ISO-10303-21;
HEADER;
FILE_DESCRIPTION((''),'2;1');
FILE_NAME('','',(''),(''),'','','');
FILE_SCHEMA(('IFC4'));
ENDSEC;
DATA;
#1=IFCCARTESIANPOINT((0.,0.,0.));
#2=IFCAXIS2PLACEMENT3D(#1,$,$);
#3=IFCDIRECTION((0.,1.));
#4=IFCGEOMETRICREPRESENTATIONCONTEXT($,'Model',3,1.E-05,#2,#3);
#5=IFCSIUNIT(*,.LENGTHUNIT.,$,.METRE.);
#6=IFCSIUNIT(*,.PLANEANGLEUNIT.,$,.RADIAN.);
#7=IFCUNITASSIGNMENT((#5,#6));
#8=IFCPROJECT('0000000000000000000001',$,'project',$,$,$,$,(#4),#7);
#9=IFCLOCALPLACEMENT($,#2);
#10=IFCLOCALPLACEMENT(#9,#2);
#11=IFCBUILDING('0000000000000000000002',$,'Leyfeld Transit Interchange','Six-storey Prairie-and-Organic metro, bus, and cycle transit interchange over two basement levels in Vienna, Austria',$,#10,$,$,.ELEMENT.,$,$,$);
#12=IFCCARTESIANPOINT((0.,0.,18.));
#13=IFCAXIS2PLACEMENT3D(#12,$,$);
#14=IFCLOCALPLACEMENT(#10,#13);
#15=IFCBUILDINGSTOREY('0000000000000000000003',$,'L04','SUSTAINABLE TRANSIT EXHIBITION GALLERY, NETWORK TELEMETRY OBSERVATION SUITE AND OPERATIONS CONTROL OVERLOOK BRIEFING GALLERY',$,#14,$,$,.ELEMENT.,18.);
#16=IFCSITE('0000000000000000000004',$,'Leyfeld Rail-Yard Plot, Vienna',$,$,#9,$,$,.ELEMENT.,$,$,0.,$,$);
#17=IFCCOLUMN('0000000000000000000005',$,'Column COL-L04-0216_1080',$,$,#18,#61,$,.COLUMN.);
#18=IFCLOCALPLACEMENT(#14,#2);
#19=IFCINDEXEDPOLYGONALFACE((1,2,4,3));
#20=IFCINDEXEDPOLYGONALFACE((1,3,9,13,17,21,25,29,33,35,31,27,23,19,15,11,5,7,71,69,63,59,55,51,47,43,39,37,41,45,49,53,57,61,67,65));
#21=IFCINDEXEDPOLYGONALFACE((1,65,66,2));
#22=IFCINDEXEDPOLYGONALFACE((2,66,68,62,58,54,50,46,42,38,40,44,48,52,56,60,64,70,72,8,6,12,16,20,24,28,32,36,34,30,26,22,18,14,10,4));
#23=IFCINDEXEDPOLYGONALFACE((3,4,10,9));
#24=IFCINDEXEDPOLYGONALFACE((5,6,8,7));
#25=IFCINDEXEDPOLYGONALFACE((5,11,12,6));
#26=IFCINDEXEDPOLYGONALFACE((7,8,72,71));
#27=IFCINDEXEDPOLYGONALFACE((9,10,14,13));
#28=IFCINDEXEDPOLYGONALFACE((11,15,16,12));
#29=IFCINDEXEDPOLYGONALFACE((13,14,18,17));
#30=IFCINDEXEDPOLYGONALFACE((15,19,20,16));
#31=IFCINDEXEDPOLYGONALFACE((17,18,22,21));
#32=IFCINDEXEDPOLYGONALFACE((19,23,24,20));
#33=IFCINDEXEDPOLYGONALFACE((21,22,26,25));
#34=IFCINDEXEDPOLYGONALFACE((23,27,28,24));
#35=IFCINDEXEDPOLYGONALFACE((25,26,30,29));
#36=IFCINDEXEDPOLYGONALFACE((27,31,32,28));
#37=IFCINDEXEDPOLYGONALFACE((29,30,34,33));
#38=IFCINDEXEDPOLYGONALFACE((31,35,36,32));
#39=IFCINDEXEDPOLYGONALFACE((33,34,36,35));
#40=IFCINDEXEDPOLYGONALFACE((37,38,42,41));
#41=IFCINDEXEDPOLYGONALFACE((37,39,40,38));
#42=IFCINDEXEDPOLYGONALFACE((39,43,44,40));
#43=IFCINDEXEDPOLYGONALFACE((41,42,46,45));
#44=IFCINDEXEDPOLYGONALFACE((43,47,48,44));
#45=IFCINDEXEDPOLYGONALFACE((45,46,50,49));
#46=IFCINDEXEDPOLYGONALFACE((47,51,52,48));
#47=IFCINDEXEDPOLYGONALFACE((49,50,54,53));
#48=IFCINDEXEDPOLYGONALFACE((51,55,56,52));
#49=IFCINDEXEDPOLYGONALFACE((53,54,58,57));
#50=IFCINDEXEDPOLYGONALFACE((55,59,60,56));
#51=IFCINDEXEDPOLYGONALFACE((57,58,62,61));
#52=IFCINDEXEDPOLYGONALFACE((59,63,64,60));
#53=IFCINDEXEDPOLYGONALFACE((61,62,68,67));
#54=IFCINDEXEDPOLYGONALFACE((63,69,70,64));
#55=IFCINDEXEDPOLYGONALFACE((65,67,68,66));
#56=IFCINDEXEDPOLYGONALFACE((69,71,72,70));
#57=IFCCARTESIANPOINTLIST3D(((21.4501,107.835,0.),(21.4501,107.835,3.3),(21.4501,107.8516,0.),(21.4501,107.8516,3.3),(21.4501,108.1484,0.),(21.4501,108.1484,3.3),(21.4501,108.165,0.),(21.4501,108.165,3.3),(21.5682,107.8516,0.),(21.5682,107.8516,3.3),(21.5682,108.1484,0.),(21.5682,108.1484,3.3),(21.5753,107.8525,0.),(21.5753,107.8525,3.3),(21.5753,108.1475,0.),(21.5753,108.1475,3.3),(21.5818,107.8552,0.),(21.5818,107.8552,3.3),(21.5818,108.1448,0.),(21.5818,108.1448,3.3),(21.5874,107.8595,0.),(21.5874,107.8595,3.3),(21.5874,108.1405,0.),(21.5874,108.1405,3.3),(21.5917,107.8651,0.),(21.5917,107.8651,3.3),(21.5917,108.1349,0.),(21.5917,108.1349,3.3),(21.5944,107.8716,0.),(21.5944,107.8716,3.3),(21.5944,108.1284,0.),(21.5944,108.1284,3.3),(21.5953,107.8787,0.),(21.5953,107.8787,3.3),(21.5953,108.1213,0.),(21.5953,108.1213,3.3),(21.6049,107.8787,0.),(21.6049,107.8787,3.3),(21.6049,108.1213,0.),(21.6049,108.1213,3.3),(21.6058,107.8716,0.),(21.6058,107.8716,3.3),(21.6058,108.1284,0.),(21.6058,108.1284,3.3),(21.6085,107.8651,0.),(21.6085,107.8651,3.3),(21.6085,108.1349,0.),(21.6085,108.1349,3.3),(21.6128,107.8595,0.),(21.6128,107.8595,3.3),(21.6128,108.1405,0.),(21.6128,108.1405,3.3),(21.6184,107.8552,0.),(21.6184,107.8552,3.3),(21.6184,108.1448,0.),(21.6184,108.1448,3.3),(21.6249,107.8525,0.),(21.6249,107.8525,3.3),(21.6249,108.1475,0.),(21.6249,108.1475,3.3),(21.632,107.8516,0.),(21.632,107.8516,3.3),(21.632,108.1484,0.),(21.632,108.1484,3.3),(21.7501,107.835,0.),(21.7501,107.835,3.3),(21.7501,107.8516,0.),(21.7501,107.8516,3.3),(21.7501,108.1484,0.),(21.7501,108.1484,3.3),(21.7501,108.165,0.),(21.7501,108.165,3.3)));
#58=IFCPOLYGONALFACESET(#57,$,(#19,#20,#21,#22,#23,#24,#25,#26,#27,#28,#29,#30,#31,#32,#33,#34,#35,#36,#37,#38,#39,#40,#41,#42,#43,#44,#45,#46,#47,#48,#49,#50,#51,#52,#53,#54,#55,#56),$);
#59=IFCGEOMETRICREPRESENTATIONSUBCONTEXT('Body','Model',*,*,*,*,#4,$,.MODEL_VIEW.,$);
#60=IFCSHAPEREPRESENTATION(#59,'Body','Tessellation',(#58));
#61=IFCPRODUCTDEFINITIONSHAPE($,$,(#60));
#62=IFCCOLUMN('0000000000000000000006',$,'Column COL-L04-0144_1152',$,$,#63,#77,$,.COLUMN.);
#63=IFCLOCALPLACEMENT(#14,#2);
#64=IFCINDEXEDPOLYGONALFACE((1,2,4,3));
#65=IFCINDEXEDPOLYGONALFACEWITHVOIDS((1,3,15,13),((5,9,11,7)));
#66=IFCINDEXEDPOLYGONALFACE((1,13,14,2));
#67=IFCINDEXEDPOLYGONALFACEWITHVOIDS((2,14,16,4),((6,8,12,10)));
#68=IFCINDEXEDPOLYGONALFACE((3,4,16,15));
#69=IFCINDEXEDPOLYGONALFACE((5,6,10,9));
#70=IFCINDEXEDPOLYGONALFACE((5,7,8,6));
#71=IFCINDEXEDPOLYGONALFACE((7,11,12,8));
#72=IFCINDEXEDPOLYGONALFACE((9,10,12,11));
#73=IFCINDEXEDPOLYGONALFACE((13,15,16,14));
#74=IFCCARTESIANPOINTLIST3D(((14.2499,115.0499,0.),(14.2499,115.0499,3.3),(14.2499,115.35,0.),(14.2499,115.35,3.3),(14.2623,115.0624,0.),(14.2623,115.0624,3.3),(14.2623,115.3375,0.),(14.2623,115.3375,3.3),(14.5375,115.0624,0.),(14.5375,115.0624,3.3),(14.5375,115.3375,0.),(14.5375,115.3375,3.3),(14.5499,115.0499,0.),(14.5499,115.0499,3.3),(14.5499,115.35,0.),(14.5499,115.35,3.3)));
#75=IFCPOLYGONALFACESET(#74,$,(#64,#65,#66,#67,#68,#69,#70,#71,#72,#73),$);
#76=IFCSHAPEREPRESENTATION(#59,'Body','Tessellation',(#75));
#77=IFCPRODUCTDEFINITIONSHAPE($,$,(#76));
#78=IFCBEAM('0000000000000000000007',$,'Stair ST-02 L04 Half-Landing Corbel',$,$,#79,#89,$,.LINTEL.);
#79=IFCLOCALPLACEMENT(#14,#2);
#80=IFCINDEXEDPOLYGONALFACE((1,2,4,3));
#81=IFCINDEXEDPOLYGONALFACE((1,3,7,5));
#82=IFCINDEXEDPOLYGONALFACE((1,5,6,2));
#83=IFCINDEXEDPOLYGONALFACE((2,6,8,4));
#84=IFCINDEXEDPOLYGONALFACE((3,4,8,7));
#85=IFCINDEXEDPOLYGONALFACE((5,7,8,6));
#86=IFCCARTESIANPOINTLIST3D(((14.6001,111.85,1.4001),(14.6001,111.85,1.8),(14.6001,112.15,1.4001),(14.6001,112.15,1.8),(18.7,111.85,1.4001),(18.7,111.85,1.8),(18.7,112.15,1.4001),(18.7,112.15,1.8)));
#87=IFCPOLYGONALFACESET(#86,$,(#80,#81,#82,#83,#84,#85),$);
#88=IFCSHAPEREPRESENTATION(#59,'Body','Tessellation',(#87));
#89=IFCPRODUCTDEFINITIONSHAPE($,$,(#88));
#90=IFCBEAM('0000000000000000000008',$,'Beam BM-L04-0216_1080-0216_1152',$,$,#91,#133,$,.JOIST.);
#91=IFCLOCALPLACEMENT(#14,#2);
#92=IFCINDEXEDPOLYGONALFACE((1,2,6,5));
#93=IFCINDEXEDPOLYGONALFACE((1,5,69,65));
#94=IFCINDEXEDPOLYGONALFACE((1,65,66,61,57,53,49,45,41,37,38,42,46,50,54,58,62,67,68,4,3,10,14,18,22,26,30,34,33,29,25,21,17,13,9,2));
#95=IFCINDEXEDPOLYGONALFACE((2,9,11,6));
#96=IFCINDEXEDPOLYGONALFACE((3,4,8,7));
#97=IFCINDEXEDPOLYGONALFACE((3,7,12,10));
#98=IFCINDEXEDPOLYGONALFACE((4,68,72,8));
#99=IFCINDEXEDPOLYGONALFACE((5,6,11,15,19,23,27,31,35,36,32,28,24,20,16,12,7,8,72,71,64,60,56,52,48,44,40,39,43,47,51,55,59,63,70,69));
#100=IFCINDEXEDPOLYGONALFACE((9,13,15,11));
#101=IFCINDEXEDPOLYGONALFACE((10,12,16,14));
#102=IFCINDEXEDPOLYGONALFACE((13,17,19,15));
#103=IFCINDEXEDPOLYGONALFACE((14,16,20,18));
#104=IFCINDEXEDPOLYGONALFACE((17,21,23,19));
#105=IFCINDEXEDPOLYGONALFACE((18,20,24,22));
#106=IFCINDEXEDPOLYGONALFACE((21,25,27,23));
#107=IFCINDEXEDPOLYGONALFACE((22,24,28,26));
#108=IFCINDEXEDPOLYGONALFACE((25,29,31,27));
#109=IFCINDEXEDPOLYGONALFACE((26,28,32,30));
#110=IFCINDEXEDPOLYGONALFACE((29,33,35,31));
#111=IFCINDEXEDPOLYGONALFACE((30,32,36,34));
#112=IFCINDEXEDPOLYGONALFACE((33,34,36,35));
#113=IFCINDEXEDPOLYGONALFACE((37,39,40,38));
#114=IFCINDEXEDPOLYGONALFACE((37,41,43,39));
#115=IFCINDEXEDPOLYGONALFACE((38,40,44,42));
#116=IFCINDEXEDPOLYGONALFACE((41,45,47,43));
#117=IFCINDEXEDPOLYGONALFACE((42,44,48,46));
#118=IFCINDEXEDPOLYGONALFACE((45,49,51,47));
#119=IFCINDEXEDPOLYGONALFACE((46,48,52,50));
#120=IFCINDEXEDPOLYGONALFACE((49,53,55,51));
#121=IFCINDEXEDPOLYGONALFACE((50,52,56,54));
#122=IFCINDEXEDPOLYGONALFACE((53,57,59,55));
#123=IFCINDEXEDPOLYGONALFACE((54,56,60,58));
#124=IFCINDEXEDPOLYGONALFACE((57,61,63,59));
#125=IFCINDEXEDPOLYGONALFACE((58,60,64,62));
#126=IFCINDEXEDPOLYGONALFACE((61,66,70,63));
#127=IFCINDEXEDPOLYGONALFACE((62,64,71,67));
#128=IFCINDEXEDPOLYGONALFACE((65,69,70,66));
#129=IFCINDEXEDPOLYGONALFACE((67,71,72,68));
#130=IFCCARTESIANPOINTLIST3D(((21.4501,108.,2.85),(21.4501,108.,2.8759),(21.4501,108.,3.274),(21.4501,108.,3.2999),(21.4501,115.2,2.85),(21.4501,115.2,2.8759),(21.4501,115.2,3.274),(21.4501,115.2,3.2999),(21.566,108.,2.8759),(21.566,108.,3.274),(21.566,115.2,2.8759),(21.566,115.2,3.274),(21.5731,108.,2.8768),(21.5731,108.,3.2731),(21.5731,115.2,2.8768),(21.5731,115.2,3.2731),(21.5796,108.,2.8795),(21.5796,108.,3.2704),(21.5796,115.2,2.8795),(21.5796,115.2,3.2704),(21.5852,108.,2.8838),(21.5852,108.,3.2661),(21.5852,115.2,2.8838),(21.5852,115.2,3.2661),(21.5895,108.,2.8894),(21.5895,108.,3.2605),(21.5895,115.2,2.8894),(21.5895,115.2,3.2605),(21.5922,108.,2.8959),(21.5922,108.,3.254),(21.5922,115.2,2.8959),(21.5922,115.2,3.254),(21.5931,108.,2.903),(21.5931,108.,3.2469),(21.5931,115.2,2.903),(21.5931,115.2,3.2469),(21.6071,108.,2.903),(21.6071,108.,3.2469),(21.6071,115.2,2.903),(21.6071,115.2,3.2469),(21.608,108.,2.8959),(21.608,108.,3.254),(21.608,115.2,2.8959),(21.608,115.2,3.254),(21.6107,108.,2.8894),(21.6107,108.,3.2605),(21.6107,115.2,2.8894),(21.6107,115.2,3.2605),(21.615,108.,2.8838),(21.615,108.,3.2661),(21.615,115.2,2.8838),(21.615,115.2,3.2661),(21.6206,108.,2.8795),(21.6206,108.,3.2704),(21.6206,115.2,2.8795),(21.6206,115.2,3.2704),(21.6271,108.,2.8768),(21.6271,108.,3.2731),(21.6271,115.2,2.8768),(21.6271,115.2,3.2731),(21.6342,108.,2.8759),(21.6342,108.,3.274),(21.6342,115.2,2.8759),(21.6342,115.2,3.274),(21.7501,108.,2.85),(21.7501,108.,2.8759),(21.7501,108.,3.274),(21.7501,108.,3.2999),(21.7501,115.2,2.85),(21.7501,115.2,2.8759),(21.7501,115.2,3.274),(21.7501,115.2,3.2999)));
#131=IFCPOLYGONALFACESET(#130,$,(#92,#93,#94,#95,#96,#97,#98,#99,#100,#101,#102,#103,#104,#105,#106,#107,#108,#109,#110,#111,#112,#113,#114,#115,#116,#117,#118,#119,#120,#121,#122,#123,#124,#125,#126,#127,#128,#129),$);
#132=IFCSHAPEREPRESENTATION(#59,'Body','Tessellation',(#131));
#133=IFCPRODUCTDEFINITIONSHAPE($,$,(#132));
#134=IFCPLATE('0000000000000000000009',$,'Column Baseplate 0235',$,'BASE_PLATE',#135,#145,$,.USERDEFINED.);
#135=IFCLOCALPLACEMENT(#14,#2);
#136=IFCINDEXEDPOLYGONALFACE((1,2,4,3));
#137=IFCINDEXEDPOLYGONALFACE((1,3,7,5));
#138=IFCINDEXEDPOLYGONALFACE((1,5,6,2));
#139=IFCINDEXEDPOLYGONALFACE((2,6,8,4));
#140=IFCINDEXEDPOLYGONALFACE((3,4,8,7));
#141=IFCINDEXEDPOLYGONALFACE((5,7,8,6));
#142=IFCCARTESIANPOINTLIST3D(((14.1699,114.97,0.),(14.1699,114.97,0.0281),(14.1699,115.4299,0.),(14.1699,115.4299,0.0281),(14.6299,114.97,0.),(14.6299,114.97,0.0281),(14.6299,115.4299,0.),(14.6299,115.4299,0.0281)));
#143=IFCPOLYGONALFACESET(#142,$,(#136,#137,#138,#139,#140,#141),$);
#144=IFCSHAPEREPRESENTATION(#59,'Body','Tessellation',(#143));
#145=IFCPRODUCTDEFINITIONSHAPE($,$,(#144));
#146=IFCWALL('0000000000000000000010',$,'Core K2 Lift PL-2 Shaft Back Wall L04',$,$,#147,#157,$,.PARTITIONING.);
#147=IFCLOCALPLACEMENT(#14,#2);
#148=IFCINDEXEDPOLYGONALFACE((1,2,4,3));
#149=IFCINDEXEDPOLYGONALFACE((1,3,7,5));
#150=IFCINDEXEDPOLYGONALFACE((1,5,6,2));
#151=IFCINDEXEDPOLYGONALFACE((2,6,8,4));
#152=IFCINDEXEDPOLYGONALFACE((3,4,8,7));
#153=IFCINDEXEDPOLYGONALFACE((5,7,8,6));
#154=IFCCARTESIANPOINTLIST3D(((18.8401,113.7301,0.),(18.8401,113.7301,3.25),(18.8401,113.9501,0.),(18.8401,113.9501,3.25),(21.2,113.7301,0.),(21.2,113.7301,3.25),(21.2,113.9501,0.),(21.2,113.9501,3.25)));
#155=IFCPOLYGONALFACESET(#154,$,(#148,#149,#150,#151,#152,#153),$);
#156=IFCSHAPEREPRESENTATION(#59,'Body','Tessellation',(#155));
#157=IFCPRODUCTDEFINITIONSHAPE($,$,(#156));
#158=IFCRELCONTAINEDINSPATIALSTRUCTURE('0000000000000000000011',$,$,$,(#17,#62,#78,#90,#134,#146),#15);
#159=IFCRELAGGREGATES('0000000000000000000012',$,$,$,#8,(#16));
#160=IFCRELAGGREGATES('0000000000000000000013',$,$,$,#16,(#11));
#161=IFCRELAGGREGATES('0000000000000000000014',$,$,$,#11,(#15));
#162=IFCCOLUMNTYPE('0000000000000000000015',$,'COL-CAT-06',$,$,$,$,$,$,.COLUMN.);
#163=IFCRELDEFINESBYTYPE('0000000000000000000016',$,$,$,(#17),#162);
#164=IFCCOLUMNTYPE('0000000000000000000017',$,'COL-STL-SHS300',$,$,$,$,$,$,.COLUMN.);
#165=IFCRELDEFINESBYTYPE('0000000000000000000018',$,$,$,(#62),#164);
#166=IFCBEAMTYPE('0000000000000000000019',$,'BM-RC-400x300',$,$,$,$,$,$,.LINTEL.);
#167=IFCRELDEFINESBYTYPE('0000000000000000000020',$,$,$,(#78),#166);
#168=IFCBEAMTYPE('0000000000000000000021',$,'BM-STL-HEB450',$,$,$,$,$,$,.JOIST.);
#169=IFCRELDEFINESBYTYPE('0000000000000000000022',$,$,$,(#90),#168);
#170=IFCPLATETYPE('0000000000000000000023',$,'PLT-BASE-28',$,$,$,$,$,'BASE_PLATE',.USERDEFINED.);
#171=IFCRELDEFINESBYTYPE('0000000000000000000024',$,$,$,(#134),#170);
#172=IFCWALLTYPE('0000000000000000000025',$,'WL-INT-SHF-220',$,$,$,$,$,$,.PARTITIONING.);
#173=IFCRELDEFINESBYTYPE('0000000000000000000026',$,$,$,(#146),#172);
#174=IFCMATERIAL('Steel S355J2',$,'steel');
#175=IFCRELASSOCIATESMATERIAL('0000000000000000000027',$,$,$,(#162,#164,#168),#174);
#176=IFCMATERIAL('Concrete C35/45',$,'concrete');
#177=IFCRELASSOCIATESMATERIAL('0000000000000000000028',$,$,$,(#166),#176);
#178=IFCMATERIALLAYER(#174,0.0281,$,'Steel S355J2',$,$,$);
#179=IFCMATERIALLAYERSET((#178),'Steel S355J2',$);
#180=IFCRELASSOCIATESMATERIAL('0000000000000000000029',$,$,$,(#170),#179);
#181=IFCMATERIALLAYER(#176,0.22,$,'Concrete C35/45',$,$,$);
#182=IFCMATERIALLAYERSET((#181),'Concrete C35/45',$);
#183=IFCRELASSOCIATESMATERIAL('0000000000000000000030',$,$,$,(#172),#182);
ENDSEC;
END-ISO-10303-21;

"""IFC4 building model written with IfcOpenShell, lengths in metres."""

from ifc_helpers import new_model, si_unit, direction, frame, frame_2d, origin, origin_2d, place, context, subcontext, project, spatial, rectangle, hollow_rectangle, i_section, extrude, material, layer, layer_set, material_profile, profile_set, type_object, element, save


model = new_model("IFC4")

# Units and contexts
model_context = context("Model", 3, precision=1e-05, world=origin(), true_north=direction((0.0, 1.0)))
body_context = subcontext(model_context, "Body", "Model", "MODEL_VIEW")
ifc_project = project(units=[si_unit("LENGTHUNIT", "METRE"), si_unit("PLANEANGLEUNIT", "RADIAN")], contexts=[model_context])

# Site, building, storey
site_placement = place(None, origin())
site = spatial("IfcSite", under=ifc_project, at=site_placement, Name="Leyfeld Rail-Yard Plot, Vienna", CompositionType="ELEMENT", RefElevation=0.0)
building_placement = place(site_placement, origin())
building = spatial("IfcBuilding", under=site, at=building_placement, Name="Leyfeld Transit Interchange", Description="Six-storey Prairie-and-Organic metro, bus, and cycle transit interchange over two basement levels in Vienna, Austria", CompositionType="ELEMENT")
storey_placement = place(building_placement, frame((0.0, 0.0, 18.0)))
storey = spatial("IfcBuildingStorey", under=building, at=storey_placement, Name="L04", Description="SUSTAINABLE TRANSIT EXHIBITION GALLERY, NETWORK TELEMETRY OBSERVATION SUITE AND OPERATIONS CONTROL OVERLOOK BRIEFING GALLERY", CompositionType="ELEMENT", Elevation=18.0)

# Columns
ifc_material_1 = material(Name="Steel S355J2", Category="steel")
ifc_material_profile_1 = material_profile(ifc_material_1, i_section(OverallWidth=0.3, OverallDepth=0.3301, WebThickness=0.0095, FlangeThickness=0.0166, FilletRadius=0.0271, at=origin_2d()), Name="HEA 340")
ifc_profile_set_1 = profile_set([ifc_material_profile_1], Name="Steel S355J2")
column_type_1 = type_object("IfcColumnType", Name="COL-CAT-06", PredefinedType="COLUMN", material=ifc_profile_set_1)
column_1_placement = place(storey_placement, frame((21.6001, 108.0, 0.0), z_axis=(0.0, 0.0, 1.0), x_axis=(1.0, 0.0, 0.0)))
element("IfcColumn", 1, at=column_1_placement, inside=storey, type_object=column_type_1, Name="Column COL-L04-0216_1080", PredefinedType="COLUMN", context=body_context, shape_type="SweptSolid", body=[
    extrude(i_section(OverallWidth=0.3, OverallDepth=0.3301, WebThickness=0.0095, FlangeThickness=0.0166, FilletRadius=0.0271, at=origin_2d()), origin(), (0.0, 0.0, 1.0), 3.3),
])
ifc_material_profile_2 = material_profile(ifc_material_1, hollow_rectangle(XDim=0.3, YDim=0.3, WallThickness=0.0125, at=origin_2d()), Name="SHS 300x300x12.5")
ifc_profile_set_2 = profile_set([ifc_material_profile_2], Name="Steel S355J2")
column_type_2 = type_object("IfcColumnType", Name="COL-STL-SHS300", PredefinedType="COLUMN", material=ifc_profile_set_2)
column_2_placement = place(storey_placement, frame((14.3999, 115.2, 0.0), z_axis=(0.0, 0.0, 1.0), x_axis=(1.0, 0.0, 0.0)))
element("IfcColumn", 2, at=column_2_placement, inside=storey, type_object=column_type_2, Name="Column COL-L04-0144_1152", PredefinedType="COLUMN", context=body_context, shape_type="SweptSolid", body=[
    extrude(hollow_rectangle(XDim=0.3, YDim=0.3, WallThickness=0.0125, at=origin_2d()), origin(), (0.0, 0.0, 1.0), 3.3),
])

# Beams
ifc_material_2 = material(Name="Concrete C35/45", Category="concrete")
ifc_material_profile_3 = material_profile(ifc_material_2, rectangle(XDim=0.3, YDim=0.3999, at=origin_2d()), Name="RC 400x300")
ifc_profile_set_3 = profile_set([ifc_material_profile_3], Name="Concrete C35/45")
beam_type_1 = type_object("IfcBeamType", Name="BM-RC-400x300", PredefinedType="LINTEL", material=ifc_profile_set_3)
beam_1_placement = place(storey_placement, frame((14.6001, 112.0, 1.6001), z_axis=(1.0, 0.0, 0.0), x_axis=(0.0, 1.0, 0.0)))
element("IfcBeam", 3, at=beam_1_placement, inside=storey, type_object=beam_type_1, Name="Stair ST-02 L04 Half-Landing Corbel", PredefinedType="LINTEL", context=body_context, shape_type="SweptSolid", body=[
    extrude(rectangle(XDim=0.3, YDim=0.3999, at=origin_2d()), origin(), (0.0, 0.0, 1.0), 4.0999),
])
ifc_material_profile_4 = material_profile(ifc_material_1, i_section(OverallWidth=0.3, OverallDepth=0.45, WebThickness=0.0139, FlangeThickness=0.0259, FilletRadius=0.0271, at=origin_2d()), Name="HEB 450")
ifc_profile_set_4 = profile_set([ifc_material_profile_4], Name="Steel S355J2")
beam_type_2 = type_object("IfcBeamType", Name="BM-STL-HEB450", PredefinedType="JOIST", material=ifc_profile_set_4)
beam_2_placement = place(storey_placement, frame((21.6001, 108.0, 3.075), z_axis=(0.0, 1.0, 0.0), x_axis=(-1.0, 0.0, 0.0)))
element("IfcBeam", 4, at=beam_2_placement, inside=storey, type_object=beam_type_2, Name="Beam BM-L04-0216_1080-0216_1152", PredefinedType="JOIST", context=body_context, shape_type="SweptSolid", body=[
    extrude(i_section(OverallWidth=0.3, OverallDepth=0.45, WebThickness=0.0139, FlangeThickness=0.0259, FilletRadius=0.0271, at=origin_2d()), origin(), (0.0, 0.0, 1.0), 7.2),
])

# Plate
ifc_layer_1 = layer(ifc_material_1, 0.0281, Name="Steel S355J2")
ifc_layer_set_1 = layer_set([ifc_layer_1], Name="Steel S355J2")
plate_type = type_object("IfcPlateType", Name="PLT-BASE-28", ElementType="BASE_PLATE", PredefinedType="USERDEFINED", material=ifc_layer_set_1)
plate_placement = place(storey_placement, frame((14.3999, 115.2, 0.0), z_axis=(0.0, 0.0, 1.0), x_axis=(1.0, 0.0, 0.0)))
element("IfcPlate", 5, at=plate_placement, inside=storey, type_object=plate_type, Name="Column Baseplate 0235", ObjectType="BASE_PLATE", PredefinedType="USERDEFINED", context=body_context, shape_type="SweptSolid", body=[
    extrude(rectangle(XDim=0.46, YDim=0.46, at=origin_2d()), origin(), (0.0, 0.0, 1.0), 0.0281),
])

# Wall
ifc_layer_2 = layer(ifc_material_2, 0.22, Name="Concrete C35/45")
ifc_layer_set_2 = layer_set([ifc_layer_2], Name="Concrete C35/45")
wall_type_1 = type_object("IfcWallType", Name="WL-INT-SHF-220", PredefinedType="PARTITIONING", material=ifc_layer_set_2)
wall_1_placement = place(storey_placement, frame((18.8401, 113.8401, 0.0), z_axis=(0.0, 0.0, 1.0), x_axis=(1.0, 0.0, 0.0)))
element("IfcWall", 6, at=wall_1_placement, inside=storey, type_object=wall_type_1, Name="Core K2 Lift PL-2 Shaft Back Wall L04", PredefinedType="PARTITIONING", context=body_context, shape_type="SweptSolid", body=[
    extrude(rectangle(XDim=2.3599, YDim=0.22, at=frame_2d((1.1799, 0.0))), origin(), (0.0, 0.0, 1.0), 3.25),
])

save(model, "model.ifc")
